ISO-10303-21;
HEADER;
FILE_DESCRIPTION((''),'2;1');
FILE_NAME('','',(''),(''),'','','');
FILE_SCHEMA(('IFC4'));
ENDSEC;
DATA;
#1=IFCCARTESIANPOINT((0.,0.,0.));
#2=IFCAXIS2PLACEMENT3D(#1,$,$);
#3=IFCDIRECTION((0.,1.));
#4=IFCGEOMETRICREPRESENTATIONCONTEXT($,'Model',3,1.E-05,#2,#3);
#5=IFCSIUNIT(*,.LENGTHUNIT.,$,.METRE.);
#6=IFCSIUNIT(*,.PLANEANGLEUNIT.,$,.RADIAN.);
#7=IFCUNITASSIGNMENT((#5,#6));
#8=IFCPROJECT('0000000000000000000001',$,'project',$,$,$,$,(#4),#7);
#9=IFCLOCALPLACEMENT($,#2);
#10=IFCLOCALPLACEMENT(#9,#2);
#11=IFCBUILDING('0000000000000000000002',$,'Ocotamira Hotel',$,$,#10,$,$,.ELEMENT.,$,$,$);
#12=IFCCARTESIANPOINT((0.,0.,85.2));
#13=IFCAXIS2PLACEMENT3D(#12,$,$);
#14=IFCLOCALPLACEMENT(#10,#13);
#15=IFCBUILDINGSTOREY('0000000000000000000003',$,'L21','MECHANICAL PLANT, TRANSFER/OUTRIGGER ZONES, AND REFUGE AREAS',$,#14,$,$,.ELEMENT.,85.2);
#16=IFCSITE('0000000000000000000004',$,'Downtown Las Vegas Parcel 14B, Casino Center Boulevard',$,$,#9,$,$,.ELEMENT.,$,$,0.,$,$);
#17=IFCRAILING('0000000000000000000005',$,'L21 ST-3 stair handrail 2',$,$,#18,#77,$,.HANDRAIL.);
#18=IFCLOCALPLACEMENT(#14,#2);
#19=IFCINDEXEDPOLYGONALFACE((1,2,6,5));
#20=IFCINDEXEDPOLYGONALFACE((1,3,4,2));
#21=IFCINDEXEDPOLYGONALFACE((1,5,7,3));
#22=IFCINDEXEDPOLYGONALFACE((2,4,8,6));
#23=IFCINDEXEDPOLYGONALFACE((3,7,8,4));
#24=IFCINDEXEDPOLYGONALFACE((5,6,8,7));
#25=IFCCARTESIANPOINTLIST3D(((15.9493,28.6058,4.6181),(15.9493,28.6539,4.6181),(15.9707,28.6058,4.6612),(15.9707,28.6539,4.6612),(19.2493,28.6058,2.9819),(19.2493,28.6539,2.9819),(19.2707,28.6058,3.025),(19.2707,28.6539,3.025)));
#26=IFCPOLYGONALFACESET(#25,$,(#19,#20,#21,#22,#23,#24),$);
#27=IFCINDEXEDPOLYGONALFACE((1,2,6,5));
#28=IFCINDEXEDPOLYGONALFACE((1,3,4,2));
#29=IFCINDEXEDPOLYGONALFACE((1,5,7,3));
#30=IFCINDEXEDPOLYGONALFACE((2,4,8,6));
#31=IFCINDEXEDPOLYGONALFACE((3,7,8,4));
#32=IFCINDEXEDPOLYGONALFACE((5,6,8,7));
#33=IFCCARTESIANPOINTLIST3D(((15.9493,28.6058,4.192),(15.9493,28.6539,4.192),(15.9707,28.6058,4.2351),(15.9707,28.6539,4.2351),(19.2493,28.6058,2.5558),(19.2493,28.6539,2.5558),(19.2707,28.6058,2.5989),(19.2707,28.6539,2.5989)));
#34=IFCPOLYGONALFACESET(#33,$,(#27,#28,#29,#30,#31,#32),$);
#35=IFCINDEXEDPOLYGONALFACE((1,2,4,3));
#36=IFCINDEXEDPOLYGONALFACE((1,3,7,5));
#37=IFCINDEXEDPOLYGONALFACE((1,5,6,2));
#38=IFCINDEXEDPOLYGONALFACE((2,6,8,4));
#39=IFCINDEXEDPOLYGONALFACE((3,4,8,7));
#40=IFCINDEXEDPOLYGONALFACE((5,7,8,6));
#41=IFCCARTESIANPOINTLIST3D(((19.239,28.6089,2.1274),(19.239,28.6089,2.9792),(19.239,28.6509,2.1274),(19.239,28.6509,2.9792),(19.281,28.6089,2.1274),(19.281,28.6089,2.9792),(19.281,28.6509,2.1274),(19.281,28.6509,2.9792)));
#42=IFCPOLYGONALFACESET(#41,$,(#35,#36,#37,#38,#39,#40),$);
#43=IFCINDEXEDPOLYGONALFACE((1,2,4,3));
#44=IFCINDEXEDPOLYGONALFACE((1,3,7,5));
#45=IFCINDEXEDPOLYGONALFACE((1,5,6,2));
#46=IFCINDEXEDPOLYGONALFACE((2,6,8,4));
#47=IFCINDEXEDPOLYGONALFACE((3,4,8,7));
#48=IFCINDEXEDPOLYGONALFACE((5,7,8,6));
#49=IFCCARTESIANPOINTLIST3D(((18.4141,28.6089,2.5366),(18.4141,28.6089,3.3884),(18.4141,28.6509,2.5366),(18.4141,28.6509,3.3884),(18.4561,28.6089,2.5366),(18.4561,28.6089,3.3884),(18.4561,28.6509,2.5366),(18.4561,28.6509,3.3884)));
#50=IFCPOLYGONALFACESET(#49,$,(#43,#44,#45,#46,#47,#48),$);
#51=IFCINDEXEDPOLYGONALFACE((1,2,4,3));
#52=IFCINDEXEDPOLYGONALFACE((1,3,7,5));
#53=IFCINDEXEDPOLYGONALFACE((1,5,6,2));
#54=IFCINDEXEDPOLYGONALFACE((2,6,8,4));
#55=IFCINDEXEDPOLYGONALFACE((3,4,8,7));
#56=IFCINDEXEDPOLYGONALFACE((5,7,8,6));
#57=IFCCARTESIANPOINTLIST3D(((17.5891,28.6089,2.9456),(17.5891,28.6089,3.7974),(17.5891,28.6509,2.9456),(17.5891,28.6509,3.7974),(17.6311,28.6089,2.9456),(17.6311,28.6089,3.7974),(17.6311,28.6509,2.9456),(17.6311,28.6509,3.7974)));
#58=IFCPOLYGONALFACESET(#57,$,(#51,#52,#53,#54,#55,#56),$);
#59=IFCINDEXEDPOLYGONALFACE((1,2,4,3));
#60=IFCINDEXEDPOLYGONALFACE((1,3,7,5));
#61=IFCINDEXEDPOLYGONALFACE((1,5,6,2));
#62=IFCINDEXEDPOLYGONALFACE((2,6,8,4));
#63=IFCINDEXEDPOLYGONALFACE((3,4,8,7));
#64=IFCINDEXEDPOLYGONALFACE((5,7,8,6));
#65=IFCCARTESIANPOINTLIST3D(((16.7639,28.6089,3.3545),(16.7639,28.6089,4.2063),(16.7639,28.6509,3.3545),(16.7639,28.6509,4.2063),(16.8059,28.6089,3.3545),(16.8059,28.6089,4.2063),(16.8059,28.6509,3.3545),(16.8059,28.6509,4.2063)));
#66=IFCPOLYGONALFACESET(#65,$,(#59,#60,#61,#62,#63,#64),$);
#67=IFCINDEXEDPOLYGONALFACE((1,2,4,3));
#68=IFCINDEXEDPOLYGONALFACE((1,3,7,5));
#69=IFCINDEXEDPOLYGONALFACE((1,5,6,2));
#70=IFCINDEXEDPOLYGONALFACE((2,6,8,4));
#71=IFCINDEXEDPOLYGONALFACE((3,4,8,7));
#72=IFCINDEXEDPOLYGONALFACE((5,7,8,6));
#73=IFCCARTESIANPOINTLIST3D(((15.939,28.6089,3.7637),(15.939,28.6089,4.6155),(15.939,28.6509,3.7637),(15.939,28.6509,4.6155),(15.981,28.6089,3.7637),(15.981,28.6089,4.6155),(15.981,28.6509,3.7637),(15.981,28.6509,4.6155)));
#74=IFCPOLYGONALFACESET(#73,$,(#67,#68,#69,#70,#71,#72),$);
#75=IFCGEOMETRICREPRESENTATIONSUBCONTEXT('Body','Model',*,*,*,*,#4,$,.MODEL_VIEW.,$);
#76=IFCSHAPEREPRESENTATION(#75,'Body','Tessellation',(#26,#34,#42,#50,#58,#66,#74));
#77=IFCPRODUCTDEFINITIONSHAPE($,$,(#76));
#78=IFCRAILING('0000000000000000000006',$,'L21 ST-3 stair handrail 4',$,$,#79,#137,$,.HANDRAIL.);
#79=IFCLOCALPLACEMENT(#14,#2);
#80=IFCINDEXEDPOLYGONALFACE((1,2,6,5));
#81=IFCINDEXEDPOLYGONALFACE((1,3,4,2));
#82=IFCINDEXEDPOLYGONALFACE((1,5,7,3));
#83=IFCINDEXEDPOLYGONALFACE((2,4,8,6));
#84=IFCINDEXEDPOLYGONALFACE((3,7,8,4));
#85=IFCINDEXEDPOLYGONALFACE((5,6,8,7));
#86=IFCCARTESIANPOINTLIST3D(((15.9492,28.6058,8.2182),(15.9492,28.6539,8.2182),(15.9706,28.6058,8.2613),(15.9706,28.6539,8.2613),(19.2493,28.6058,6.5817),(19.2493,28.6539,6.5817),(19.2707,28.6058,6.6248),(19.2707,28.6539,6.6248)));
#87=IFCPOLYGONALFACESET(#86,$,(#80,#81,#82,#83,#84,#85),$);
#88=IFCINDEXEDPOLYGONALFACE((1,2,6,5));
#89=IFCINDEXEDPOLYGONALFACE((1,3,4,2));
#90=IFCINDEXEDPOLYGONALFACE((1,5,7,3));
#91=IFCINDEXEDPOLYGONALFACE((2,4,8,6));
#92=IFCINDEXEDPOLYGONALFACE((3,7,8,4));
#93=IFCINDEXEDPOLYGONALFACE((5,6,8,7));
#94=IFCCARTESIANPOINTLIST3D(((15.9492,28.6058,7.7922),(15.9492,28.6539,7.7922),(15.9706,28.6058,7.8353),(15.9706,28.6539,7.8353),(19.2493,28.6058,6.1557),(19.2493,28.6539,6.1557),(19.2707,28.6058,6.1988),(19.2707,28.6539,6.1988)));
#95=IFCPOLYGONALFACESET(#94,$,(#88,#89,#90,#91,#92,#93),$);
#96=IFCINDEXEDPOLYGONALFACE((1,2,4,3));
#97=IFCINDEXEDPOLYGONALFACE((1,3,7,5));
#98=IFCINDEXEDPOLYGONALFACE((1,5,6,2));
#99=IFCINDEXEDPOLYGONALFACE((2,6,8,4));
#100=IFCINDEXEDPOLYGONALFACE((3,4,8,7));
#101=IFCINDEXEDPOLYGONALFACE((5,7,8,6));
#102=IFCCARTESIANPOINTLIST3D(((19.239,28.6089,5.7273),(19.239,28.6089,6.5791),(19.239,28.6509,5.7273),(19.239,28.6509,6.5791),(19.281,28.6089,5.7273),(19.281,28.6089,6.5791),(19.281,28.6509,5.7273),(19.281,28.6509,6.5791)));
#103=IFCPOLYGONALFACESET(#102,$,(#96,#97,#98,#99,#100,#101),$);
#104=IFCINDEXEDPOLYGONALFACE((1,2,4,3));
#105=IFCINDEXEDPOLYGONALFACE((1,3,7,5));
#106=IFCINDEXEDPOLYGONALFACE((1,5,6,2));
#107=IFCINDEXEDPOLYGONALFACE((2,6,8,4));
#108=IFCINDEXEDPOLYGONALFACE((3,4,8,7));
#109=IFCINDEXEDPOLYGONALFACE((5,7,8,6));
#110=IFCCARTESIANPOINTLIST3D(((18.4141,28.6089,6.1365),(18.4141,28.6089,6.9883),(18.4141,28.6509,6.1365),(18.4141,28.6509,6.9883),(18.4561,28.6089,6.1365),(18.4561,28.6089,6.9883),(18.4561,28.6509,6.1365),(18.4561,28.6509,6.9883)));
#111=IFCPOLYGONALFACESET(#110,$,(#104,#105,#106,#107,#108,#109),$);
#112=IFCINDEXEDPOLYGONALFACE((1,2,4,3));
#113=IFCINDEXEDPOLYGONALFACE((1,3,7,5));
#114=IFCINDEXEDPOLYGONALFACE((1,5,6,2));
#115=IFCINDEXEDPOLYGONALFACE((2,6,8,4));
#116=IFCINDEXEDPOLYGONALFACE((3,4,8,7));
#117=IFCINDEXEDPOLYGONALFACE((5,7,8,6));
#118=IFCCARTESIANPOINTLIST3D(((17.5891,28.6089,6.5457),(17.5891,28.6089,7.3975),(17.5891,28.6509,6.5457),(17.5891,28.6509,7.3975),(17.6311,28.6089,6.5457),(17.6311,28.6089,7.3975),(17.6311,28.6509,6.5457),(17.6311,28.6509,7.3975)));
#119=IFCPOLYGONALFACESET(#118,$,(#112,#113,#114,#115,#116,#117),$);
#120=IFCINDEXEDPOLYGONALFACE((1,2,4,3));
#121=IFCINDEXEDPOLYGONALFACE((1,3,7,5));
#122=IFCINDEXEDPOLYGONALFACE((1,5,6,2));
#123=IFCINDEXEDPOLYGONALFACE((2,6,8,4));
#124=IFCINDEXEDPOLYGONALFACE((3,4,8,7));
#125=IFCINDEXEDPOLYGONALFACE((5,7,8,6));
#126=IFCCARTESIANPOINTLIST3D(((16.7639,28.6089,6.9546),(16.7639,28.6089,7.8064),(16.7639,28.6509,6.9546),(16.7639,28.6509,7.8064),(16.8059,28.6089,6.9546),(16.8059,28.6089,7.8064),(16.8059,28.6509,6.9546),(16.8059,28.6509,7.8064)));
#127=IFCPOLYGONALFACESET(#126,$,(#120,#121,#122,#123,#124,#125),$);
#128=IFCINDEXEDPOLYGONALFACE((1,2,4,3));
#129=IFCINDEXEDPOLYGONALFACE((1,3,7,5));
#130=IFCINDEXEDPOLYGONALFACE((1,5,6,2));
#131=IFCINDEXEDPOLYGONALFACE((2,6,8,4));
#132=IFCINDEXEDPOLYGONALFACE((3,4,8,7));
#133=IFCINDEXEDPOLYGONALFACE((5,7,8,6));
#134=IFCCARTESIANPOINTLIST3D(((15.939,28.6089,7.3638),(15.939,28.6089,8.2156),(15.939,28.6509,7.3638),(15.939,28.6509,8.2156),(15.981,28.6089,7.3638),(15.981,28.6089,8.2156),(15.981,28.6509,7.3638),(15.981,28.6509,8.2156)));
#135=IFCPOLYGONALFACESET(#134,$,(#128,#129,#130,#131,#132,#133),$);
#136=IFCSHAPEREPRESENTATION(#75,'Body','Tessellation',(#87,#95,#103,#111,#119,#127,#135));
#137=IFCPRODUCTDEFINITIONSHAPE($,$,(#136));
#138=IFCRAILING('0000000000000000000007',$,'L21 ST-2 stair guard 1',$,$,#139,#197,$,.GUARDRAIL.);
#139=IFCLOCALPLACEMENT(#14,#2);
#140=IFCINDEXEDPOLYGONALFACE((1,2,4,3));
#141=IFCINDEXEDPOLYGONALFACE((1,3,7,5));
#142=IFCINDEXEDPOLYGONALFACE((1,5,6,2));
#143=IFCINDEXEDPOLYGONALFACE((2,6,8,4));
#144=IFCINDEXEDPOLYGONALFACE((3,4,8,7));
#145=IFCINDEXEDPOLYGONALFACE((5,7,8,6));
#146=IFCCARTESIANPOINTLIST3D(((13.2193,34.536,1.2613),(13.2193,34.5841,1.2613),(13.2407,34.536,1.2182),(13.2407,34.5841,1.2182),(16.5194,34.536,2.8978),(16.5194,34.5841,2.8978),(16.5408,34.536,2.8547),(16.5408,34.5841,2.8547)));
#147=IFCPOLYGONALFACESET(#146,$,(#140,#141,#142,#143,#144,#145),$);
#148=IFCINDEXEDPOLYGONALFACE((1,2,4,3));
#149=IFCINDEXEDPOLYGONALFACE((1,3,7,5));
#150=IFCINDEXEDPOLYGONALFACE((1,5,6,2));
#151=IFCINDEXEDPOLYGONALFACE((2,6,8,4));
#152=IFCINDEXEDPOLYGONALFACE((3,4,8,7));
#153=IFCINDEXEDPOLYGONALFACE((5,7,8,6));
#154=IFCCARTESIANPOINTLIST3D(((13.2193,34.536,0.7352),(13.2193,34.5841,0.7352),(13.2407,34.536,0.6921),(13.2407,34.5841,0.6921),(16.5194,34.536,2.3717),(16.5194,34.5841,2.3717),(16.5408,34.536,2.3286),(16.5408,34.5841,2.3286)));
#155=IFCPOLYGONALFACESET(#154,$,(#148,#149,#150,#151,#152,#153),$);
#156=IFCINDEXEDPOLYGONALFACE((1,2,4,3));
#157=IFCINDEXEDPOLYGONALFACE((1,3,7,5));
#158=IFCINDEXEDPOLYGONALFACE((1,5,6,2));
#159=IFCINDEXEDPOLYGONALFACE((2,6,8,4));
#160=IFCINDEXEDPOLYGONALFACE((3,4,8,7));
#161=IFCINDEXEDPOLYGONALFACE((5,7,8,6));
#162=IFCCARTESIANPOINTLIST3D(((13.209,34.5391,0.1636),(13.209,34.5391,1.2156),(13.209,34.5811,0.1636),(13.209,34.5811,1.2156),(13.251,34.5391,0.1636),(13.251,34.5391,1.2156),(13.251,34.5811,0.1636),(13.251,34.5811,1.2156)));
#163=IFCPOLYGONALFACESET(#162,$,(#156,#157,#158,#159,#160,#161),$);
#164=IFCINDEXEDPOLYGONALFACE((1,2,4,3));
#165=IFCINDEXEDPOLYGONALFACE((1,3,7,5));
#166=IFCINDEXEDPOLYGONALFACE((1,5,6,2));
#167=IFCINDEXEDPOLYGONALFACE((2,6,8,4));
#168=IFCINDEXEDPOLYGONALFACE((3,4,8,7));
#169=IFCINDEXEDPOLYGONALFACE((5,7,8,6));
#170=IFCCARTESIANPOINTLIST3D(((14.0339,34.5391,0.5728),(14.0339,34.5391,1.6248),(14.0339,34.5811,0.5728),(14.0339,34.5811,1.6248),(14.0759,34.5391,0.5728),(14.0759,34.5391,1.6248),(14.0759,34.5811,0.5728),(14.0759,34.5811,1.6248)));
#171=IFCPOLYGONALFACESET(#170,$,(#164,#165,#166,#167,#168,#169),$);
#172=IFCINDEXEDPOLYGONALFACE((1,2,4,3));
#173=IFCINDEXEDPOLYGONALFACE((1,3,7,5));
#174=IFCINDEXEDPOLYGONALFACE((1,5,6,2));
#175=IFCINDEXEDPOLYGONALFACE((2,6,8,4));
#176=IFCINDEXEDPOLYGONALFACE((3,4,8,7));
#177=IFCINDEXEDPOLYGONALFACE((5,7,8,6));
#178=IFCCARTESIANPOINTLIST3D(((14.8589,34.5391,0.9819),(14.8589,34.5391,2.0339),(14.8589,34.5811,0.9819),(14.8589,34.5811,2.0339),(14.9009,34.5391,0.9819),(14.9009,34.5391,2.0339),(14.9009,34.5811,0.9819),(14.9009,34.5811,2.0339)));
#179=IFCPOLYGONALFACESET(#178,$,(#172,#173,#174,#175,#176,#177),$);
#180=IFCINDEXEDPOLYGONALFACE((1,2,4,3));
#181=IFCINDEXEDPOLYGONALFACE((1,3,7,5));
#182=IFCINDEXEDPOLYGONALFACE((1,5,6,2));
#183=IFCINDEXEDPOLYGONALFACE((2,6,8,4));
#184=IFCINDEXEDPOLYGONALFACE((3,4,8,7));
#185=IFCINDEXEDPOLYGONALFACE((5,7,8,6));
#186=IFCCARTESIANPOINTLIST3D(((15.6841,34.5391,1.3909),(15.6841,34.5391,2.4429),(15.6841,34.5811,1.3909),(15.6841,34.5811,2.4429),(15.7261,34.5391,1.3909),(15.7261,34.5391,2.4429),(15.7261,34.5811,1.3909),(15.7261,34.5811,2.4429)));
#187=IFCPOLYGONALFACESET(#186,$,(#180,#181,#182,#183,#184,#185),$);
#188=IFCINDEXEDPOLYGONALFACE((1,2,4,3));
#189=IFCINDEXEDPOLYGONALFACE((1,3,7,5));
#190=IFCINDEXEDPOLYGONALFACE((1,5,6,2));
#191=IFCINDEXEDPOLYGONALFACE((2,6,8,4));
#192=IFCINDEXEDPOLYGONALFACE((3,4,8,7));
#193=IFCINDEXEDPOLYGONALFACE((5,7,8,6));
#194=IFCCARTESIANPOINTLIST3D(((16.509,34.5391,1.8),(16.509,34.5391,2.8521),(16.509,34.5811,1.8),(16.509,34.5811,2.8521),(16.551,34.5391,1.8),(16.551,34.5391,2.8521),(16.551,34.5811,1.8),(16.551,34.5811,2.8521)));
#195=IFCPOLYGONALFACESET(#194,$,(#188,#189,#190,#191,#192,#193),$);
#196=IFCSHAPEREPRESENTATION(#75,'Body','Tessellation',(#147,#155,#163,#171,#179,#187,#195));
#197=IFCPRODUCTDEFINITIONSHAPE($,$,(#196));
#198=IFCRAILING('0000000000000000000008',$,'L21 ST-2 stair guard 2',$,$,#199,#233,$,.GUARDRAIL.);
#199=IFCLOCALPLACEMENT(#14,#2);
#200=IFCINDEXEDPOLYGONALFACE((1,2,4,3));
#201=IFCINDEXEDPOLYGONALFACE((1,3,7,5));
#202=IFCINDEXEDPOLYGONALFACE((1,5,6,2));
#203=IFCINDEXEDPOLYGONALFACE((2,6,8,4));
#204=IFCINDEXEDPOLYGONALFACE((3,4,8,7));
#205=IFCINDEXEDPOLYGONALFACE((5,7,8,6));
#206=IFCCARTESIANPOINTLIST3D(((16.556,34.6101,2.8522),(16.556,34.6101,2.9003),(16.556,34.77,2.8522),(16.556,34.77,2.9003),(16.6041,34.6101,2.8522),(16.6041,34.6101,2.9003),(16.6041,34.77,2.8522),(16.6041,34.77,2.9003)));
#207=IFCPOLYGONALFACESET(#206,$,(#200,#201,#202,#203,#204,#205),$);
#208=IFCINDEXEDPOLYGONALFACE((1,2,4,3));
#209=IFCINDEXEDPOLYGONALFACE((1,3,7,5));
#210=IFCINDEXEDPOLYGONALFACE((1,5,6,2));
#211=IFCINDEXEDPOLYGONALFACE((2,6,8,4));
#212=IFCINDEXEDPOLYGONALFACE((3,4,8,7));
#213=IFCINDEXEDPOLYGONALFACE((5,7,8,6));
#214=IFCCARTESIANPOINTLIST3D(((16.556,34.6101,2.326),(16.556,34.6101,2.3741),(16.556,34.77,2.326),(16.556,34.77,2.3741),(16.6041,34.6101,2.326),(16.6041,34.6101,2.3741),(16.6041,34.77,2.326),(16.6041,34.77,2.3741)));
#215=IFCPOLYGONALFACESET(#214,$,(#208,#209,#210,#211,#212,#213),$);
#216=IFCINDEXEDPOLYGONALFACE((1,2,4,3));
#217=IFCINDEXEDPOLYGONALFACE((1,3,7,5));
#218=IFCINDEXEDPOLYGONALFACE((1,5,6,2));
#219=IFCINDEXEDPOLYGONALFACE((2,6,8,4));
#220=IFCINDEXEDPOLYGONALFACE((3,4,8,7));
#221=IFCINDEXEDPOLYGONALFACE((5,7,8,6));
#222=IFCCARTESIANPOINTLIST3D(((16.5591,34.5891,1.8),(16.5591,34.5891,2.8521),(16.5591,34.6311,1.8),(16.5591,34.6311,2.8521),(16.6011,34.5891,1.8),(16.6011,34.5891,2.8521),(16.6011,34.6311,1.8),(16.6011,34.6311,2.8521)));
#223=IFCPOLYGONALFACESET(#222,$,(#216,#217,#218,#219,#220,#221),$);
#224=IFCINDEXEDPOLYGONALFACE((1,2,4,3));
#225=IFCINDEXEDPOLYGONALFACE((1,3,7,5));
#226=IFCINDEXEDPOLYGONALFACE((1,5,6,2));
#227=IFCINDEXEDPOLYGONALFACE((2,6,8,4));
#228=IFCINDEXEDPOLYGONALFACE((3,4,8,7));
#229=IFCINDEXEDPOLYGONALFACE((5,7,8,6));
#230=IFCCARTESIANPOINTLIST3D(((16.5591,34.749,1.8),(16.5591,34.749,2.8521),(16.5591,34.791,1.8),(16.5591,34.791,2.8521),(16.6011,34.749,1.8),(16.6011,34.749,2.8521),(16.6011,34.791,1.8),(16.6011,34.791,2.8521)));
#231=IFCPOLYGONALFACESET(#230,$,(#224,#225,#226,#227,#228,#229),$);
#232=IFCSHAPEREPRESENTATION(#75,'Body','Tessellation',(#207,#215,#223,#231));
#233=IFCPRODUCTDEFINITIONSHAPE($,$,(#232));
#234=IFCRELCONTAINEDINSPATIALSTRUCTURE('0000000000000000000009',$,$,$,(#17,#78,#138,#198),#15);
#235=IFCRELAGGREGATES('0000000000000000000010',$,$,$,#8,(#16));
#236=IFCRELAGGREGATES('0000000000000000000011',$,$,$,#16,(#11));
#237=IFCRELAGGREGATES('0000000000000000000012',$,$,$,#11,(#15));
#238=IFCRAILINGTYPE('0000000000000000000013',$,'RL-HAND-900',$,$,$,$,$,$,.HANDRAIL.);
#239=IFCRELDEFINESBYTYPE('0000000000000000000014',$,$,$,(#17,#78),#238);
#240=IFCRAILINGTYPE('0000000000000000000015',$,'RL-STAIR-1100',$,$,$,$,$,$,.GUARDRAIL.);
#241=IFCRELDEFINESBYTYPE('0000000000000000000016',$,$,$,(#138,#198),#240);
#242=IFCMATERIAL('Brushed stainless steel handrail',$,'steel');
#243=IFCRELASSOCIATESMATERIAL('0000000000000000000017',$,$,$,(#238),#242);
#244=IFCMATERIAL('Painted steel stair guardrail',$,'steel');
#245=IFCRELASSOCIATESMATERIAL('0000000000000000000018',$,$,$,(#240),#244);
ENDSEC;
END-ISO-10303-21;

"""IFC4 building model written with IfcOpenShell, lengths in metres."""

from ifc_helpers import new_model, si_unit, direction, frame, origin, origin_2d, place, context, subcontext, project, spatial, rectangle, extrude, material, type_object, element, save


model = new_model("IFC4")

# Units and contexts
model_context = context("Model", 3, precision=1e-05, world=origin(), true_north=direction((0.0, 1.0)))
body_context = subcontext(model_context, "Body", "Model", "MODEL_VIEW")
ifc_project = project(units=[si_unit("LENGTHUNIT", "METRE"), si_unit("PLANEANGLEUNIT", "RADIAN")], contexts=[model_context])

# Site, building, storey
site_placement = place(None, origin())
site = spatial("IfcSite", under=ifc_project, at=site_placement, Name="Downtown Las Vegas Parcel 14B, Casino Center Boulevard", CompositionType="ELEMENT", RefElevation=0.0)
building_placement = place(site_placement, origin())
building = spatial("IfcBuilding", under=site, at=building_placement, Name="Ocotamira Hotel", CompositionType="ELEMENT")
storey_placement = place(building_placement, frame((0.0, 0.0, 85.2)))
storey = spatial("IfcBuildingStorey", under=building, at=storey_placement, Name="L21", Description="MECHANICAL PLANT, TRANSFER/OUTRIGGER ZONES, AND REFUGE AREAS", CompositionType="ELEMENT", Elevation=85.2)

# Railings
ifc_material_1 = material(Name="Brushed stainless steel handrail", Category="steel")
railing_type_1 = type_object("IfcRailingType", Name="RL-HAND-900", PredefinedType="HANDRAIL", material=ifc_material_1)
railing_1_placement = place(storey_placement, frame((19.26, 28.6299, 2.1274)))
element("IfcRailing", 1, at=railing_1_placement, inside=storey, type_object=railing_type_1, Name="L21 ST-3 stair handrail 2", PredefinedType="HANDRAIL", context=body_context, shape_type="SweptSolid", body=[
    extrude(rectangle(XDim=0.0481, YDim=0.0481, at=origin_2d()), frame((0.0, 0.0, 0.876), z_axis=(-0.89592, 0.0, 0.444215), x_axis=(0.0, -1.0, 0.0)), (0.0, 0.0, 1.0), 3.6833),
    extrude(rectangle(XDim=0.0481, YDim=0.0481, at=origin_2d()), frame((0.0, 0.0, 0.45), z_axis=(-0.89592, 0.0, 0.444215), x_axis=(0.0, -1.0, 0.0)), (0.0, 0.0, 1.0), 3.6833),
    extrude(rectangle(XDim=0.042, YDim=0.042, at=origin_2d()), origin(), (0.0, 0.0, 1.0), 0.8518),
    extrude(rectangle(XDim=0.042, YDim=0.042, at=origin_2d()), frame((-0.825, 0.0, 0.4092)), (0.0, 0.0, 1.0), 0.8518),
    extrude(rectangle(XDim=0.042, YDim=0.042, at=origin_2d()), frame((-1.6499, 0.0, 0.8181)), (0.0, 0.0, 1.0), 0.8518),
    extrude(rectangle(XDim=0.042, YDim=0.042, at=origin_2d()), frame((-2.4751, 0.0, 1.2271)), (0.0, 0.0, 1.0), 0.8518),
    extrude(rectangle(XDim=0.042, YDim=0.042, at=origin_2d()), frame((-3.3, 0.0, 1.6362)), (0.0, 0.0, 1.0), 0.8518),
])
railing_2_placement = place(storey_placement, frame((19.26, 28.6299, 5.7273)))
element("IfcRailing", 2, at=railing_2_placement, inside=storey, type_object=railing_type_1, Name="L21 ST-3 stair handrail 4", PredefinedType="HANDRAIL", context=body_context, shape_type="SweptSolid", body=[
    extrude(rectangle(XDim=0.0481, YDim=0.0481, at=origin_2d()), frame((0.0, 0.0, 0.876), z_axis=(-0.895894, 0.0, 0.444268), x_axis=(0.0, -1.0, 0.0)), (0.0, 0.0, 1.0), 3.6836),
    extrude(rectangle(XDim=0.0481, YDim=0.0481, at=origin_2d()), frame((0.0, 0.0, 0.45), z_axis=(-0.895894, 0.0, 0.444268), x_axis=(0.0, -1.0, 0.0)), (0.0, 0.0, 1.0), 3.6836),
    extrude(rectangle(XDim=0.042, YDim=0.042, at=origin_2d()), origin(), (0.0, 0.0, 1.0), 0.8518),
    extrude(rectangle(XDim=0.042, YDim=0.042, at=origin_2d()), frame((-0.825, 0.0, 0.4092)), (0.0, 0.0, 1.0), 0.8518),
    extrude(rectangle(XDim=0.042, YDim=0.042, at=origin_2d()), frame((-1.6499, 0.0, 0.8184)), (0.0, 0.0, 1.0), 0.8518),
    extrude(rectangle(XDim=0.042, YDim=0.042, at=origin_2d()), frame((-2.4751, 0.0, 1.2273)), (0.0, 0.0, 1.0), 0.8518),
    extrude(rectangle(XDim=0.042, YDim=0.042, at=origin_2d()), frame((-3.3, 0.0, 1.6365)), (0.0, 0.0, 1.0), 0.8518),
])
ifc_material_2 = material(Name="Painted steel stair guardrail", Category="steel")
railing_type_2 = type_object("IfcRailingType", Name="RL-STAIR-1100", PredefinedType="GUARDRAIL", material=ifc_material_2)
railing_3_placement = place(storey_placement, frame((13.23, 34.5601, 0.1636)))
element("IfcRailing", 3, at=railing_3_placement, inside=storey, type_object=railing_type_2, Name="L21 ST-2 stair guard 1", PredefinedType="GUARDRAIL", context=body_context, shape_type="SweptSolid", body=[
    extrude(rectangle(XDim=0.0481, YDim=0.0481, at=origin_2d()), frame((0.0, 0.0, 1.0762), z_axis=(0.895894, 0.0, 0.444268), x_axis=(0.0, 1.0, 0.0)), (0.0, 0.0, 1.0), 3.6836),
    extrude(rectangle(XDim=0.0481, YDim=0.0481, at=origin_2d()), frame((0.0, 0.0, 0.55), z_axis=(0.895894, 0.0, 0.444268), x_axis=(0.0, 1.0, 0.0)), (0.0, 0.0, 1.0), 3.6836),
    extrude(rectangle(XDim=0.042, YDim=0.042, at=origin_2d()), origin(), (0.0, 0.0, 1.0), 1.052),
    extrude(rectangle(XDim=0.042, YDim=0.042, at=origin_2d()), frame((0.825, 0.0, 0.4092)), (0.0, 0.0, 1.0), 1.052),
    extrude(rectangle(XDim=0.042, YDim=0.042, at=origin_2d()), frame((1.6499, 0.0, 0.8184)), (0.0, 0.0, 1.0), 1.052),
    extrude(rectangle(XDim=0.042, YDim=0.042, at=origin_2d()), frame((2.4751, 0.0, 1.2273)), (0.0, 0.0, 1.0), 1.052),
    extrude(rectangle(XDim=0.042, YDim=0.042, at=origin_2d()), frame((3.3, 0.0, 1.6365)), (0.0, 0.0, 1.0), 1.052),
])
railing_4_placement = place(storey_placement, frame((16.5801, 34.6101, 1.8)))
element("IfcRailing", 4, at=railing_4_placement, inside=storey, type_object=railing_type_2, Name="L21 ST-2 stair guard 2", PredefinedType="GUARDRAIL", context=body_context, shape_type="SweptSolid", body=[
    extrude(rectangle(XDim=0.0481, YDim=0.0481, at=origin_2d()), frame((0.0, 0.0, 1.0762), z_axis=(0.0, 1.0, 0.0), x_axis=(-1.0, 0.0, 0.0)), (0.0, 0.0, 1.0), 0.1599),
    extrude(rectangle(XDim=0.0481, YDim=0.0481, at=origin_2d()), frame((0.0, 0.0, 0.55), z_axis=(0.0, 1.0, 0.0), x_axis=(-1.0, 0.0, 0.0)), (0.0, 0.0, 1.0), 0.1599),
    extrude(rectangle(XDim=0.042, YDim=0.042, at=origin_2d()), origin(), (0.0, 0.0, 1.0), 1.052),
    extrude(rectangle(XDim=0.042, YDim=0.042, at=origin_2d()), frame((0.0, 0.1599, 0.0)), (0.0, 0.0, 1.0), 1.052),
])

save(model, "model.ifc")
